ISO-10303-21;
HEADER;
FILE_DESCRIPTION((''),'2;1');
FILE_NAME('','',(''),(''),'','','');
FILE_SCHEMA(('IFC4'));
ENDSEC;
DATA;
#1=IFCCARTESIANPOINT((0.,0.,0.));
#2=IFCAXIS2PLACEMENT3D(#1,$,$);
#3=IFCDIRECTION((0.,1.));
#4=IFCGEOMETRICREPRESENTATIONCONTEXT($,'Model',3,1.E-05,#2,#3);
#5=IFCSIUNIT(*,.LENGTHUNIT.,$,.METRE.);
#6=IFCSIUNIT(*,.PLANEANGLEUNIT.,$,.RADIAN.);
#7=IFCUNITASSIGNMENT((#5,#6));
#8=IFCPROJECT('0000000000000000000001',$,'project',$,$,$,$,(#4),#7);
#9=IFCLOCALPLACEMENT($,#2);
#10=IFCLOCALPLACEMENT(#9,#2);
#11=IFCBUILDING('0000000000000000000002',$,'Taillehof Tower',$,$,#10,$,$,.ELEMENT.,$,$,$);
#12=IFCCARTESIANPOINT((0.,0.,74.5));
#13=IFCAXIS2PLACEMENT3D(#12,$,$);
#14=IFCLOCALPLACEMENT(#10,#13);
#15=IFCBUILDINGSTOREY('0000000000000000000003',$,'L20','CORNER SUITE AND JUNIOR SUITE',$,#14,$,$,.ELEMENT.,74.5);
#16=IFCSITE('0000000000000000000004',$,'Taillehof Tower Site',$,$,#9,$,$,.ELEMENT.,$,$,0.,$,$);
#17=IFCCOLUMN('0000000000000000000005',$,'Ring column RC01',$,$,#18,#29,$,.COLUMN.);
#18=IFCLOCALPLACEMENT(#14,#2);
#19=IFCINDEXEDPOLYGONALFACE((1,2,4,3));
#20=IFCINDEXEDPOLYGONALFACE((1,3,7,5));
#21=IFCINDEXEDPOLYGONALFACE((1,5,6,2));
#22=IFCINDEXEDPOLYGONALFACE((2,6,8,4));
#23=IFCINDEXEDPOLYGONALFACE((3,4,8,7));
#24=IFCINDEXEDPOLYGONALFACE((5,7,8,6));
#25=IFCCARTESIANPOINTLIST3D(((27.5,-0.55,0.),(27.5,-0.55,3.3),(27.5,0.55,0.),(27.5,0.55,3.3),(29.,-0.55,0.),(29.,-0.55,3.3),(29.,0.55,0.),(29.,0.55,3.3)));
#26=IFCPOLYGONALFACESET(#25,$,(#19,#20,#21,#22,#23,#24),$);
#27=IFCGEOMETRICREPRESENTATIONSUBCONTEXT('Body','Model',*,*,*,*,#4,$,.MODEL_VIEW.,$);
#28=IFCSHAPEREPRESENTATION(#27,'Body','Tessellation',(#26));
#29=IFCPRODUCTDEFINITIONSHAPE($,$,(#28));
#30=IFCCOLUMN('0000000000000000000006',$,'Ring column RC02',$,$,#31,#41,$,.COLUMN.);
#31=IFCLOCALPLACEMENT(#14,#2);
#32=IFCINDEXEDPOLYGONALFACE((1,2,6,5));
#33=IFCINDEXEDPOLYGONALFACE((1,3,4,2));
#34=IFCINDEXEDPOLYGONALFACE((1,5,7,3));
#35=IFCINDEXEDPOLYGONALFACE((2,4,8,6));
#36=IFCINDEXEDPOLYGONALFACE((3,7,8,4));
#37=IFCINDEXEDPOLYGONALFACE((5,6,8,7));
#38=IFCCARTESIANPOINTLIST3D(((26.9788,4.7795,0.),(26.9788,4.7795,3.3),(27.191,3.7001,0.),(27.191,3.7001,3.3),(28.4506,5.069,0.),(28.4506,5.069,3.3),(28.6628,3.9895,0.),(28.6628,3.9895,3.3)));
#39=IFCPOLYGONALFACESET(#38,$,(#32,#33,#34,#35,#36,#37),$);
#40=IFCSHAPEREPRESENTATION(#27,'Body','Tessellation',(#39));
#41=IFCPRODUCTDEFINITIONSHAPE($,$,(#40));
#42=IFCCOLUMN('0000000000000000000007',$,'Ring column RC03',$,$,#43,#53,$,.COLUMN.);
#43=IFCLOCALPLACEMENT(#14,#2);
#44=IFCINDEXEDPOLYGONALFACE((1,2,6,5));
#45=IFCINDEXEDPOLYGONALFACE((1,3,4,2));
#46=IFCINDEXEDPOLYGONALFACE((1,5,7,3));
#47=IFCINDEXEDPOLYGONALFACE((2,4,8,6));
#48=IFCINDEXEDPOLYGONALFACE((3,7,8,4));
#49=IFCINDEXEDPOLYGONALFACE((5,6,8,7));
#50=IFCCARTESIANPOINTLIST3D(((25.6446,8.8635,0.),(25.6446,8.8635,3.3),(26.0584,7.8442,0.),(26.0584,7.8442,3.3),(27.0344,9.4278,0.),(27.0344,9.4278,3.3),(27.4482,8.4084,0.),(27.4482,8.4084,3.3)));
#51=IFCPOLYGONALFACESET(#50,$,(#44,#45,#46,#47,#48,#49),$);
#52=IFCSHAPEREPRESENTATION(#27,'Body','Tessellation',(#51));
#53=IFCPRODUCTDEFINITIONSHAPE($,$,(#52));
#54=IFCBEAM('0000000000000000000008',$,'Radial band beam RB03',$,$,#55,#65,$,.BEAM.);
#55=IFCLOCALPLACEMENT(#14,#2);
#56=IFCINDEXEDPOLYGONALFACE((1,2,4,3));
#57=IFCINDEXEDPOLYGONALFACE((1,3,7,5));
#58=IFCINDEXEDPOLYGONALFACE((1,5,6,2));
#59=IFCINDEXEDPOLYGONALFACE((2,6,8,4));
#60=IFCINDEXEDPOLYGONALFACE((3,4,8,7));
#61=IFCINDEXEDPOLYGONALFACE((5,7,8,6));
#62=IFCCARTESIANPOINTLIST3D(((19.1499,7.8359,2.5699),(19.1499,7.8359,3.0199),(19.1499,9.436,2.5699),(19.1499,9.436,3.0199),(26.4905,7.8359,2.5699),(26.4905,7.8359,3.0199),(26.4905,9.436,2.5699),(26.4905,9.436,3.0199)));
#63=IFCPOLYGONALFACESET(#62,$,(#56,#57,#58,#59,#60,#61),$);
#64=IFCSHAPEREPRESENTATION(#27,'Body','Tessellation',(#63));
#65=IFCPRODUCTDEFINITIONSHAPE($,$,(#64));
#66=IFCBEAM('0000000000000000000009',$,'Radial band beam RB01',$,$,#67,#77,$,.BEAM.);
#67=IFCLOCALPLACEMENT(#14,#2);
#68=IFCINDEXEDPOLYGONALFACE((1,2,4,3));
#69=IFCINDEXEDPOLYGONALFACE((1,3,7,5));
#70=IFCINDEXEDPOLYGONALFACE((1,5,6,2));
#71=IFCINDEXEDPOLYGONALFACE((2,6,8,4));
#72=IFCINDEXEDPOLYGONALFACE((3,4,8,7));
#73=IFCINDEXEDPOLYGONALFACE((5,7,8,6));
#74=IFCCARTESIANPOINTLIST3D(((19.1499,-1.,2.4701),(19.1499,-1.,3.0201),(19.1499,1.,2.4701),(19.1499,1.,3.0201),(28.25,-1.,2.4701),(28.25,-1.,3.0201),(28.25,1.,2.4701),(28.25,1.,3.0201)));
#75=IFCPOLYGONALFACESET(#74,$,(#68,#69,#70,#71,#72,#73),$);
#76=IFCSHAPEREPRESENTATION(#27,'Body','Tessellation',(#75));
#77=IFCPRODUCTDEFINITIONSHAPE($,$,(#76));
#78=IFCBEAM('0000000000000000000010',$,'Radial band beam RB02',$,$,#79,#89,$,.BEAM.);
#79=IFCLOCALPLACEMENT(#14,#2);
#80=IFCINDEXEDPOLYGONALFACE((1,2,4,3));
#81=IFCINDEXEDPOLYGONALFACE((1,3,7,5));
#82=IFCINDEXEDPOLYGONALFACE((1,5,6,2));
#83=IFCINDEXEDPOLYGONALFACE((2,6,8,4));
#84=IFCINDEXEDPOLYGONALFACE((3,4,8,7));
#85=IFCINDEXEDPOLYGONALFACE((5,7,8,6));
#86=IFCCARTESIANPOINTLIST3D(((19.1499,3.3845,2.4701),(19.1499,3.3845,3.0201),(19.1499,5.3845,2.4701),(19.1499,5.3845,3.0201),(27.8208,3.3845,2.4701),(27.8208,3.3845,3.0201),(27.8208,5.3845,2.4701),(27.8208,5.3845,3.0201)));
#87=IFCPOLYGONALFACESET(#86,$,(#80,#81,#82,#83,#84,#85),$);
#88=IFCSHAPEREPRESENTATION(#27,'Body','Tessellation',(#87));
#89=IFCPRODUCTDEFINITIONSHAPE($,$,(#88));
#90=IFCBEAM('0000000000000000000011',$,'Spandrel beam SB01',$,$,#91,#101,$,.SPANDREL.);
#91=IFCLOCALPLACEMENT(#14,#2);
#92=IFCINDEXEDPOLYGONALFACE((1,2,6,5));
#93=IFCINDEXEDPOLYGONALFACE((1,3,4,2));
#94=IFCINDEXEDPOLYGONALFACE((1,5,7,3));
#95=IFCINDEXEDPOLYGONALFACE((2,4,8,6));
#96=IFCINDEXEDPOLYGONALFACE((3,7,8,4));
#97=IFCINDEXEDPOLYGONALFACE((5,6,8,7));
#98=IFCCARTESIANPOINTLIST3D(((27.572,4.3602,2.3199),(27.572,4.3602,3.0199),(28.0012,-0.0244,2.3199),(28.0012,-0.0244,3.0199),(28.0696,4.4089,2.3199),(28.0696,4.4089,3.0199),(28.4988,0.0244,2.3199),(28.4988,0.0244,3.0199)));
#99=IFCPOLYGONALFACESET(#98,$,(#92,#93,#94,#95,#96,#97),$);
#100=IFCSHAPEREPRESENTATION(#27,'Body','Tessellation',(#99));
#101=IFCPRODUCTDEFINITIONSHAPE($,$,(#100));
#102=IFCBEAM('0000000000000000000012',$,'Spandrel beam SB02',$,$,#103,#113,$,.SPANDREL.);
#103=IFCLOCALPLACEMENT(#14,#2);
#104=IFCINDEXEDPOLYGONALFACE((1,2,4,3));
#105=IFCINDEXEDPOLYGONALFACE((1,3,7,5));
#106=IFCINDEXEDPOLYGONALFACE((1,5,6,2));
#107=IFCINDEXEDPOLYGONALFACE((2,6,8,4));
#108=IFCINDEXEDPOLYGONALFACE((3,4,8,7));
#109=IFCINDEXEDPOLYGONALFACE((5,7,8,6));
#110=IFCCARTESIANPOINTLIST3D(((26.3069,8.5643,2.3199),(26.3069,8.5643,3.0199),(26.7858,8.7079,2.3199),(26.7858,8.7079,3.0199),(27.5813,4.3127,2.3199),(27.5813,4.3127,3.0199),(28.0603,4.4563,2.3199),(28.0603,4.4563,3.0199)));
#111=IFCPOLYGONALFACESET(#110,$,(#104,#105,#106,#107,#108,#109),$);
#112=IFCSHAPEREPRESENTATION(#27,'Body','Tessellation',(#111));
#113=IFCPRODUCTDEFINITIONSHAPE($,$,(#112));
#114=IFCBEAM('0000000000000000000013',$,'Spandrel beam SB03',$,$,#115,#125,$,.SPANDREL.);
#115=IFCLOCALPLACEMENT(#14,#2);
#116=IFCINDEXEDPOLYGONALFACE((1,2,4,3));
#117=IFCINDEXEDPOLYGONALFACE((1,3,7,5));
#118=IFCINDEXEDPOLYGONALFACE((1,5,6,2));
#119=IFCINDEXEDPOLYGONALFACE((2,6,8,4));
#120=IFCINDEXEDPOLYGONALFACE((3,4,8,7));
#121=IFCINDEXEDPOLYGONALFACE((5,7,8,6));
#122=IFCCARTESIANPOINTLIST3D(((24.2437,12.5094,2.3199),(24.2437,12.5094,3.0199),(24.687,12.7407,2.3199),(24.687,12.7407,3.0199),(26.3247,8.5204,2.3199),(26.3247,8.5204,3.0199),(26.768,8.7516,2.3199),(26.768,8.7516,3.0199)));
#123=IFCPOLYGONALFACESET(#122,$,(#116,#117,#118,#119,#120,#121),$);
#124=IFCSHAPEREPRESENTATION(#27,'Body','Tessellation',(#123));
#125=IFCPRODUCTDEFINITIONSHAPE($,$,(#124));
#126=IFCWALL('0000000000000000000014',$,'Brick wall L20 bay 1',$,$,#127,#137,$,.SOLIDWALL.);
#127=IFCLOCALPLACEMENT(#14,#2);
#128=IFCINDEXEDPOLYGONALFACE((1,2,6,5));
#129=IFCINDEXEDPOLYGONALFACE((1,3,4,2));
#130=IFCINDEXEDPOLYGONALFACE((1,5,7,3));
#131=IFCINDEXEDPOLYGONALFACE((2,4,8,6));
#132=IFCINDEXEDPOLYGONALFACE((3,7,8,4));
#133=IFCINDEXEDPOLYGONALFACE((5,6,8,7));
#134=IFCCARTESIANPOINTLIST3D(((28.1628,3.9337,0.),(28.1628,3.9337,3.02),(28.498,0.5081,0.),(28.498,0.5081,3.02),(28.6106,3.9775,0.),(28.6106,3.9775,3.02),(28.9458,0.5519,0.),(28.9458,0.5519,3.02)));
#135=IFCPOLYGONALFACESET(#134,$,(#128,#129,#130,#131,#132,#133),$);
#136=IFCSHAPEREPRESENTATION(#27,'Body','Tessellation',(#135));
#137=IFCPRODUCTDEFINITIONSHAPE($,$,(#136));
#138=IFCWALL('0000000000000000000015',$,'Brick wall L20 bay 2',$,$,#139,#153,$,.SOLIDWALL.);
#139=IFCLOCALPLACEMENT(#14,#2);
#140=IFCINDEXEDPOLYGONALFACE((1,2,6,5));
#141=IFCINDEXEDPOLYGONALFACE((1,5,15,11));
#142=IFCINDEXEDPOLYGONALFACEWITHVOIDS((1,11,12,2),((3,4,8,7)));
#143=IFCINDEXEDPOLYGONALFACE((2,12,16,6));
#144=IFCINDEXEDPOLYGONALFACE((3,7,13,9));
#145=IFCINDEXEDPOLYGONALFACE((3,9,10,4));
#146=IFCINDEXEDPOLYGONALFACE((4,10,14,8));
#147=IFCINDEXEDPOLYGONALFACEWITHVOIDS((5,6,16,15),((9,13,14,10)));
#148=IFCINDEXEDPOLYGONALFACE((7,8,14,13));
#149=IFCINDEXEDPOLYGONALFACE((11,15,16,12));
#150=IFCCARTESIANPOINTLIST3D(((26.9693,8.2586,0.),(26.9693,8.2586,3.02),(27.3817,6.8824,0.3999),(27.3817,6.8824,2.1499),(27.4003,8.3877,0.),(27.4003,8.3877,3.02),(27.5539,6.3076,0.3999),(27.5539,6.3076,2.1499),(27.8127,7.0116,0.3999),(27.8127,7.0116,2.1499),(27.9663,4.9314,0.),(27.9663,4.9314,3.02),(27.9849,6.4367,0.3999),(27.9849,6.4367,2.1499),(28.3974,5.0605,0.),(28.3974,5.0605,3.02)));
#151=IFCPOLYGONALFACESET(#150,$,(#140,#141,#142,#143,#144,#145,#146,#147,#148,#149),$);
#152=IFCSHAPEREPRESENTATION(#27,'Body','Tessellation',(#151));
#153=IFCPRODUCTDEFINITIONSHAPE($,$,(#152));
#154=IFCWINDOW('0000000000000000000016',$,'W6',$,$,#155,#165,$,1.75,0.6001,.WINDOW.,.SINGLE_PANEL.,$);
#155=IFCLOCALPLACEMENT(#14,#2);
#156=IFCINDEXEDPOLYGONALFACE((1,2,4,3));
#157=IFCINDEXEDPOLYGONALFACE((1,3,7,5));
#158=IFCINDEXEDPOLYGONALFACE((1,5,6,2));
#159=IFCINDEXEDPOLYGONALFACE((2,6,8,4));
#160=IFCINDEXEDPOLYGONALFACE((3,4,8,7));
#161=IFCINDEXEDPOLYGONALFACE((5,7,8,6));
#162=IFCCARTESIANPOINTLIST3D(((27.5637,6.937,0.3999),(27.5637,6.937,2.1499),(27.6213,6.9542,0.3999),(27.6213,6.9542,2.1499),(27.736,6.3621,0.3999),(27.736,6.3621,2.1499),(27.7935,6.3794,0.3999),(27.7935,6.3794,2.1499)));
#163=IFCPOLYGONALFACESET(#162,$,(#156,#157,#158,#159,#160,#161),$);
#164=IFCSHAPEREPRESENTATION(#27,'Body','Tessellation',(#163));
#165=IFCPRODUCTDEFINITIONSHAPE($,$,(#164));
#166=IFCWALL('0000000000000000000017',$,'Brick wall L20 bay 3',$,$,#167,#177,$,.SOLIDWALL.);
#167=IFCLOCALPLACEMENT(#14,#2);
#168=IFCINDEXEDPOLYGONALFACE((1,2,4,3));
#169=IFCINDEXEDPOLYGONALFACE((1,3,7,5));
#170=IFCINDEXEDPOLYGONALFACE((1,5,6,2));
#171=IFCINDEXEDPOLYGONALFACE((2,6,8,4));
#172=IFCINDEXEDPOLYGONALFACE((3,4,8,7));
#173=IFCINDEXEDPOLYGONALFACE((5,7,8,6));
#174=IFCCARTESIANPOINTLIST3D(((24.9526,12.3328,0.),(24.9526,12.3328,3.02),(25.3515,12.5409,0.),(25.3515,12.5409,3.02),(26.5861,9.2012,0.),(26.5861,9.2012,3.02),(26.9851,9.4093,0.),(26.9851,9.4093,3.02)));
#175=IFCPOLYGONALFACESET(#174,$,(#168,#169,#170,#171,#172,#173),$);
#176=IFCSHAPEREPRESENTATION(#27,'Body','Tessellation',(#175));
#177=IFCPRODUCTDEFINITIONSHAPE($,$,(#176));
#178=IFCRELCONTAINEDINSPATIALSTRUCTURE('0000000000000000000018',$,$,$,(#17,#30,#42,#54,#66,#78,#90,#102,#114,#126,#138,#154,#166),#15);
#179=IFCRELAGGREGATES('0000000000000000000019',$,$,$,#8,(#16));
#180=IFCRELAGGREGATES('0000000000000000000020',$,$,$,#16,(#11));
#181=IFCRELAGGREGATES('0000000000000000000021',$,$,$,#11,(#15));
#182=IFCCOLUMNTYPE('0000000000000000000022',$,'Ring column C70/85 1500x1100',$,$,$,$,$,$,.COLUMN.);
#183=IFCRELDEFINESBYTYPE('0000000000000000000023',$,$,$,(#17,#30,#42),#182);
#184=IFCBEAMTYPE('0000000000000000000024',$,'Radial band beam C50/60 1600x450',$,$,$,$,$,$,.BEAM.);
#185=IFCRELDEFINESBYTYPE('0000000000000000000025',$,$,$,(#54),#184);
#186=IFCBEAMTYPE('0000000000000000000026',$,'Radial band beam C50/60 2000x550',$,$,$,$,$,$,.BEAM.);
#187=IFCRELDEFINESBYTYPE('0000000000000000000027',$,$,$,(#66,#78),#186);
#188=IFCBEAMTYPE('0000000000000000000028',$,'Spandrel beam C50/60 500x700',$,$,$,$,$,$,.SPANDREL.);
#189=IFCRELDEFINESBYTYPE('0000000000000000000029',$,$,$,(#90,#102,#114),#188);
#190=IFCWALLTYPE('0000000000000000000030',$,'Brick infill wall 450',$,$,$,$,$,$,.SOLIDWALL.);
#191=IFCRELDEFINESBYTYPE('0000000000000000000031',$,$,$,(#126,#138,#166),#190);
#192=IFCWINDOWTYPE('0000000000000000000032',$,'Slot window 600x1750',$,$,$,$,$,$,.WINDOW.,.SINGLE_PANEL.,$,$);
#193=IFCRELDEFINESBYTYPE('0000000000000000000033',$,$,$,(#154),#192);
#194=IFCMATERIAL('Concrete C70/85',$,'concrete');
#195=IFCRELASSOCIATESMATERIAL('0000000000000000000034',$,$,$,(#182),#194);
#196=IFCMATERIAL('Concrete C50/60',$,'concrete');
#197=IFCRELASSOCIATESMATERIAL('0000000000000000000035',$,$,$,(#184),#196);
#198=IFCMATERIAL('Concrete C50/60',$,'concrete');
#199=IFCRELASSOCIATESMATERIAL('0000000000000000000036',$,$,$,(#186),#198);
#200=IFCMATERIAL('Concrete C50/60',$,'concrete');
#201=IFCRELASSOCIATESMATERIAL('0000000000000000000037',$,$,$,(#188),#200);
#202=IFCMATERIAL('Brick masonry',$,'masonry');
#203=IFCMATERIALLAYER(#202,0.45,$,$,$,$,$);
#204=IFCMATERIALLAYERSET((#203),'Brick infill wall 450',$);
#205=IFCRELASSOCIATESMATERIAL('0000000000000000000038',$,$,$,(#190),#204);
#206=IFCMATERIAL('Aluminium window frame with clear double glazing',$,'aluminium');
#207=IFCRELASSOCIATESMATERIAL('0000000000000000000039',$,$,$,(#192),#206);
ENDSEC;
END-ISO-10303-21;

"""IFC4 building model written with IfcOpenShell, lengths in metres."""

from ifc_helpers import new_model, si_unit, direction, frame, frame_2d, origin, origin_2d, place, context, subcontext, project, spatial, rectangle, extrude, material, layer, layer_set, material_profile, profile_set, type_object, element, fill, save


model = new_model("IFC4")

# Units and contexts
model_context = context("Model", 3, precision=1e-05, world=origin(), true_north=direction((0.0, 1.0)))
body_context = subcontext(model_context, "Body", "Model", "MODEL_VIEW")
ifc_project = project(units=[si_unit("LENGTHUNIT", "METRE"), si_unit("PLANEANGLEUNIT", "RADIAN")], contexts=[model_context])

# Site, building, storey
site_placement = place(None, origin())
site = spatial("IfcSite", under=ifc_project, at=site_placement, Name="Taillehof Tower Site", CompositionType="ELEMENT", RefElevation=0.0)
building_placement = place(site_placement, origin())
building = spatial("IfcBuilding", under=site, at=building_placement, Name="Taillehof Tower", CompositionType="ELEMENT")
storey_placement = place(building_placement, frame((0.0, 0.0, 74.5)))
storey = spatial("IfcBuildingStorey", under=building, at=storey_placement, Name="L20", Description="CORNER SUITE AND JUNIOR SUITE", CompositionType="ELEMENT", Elevation=74.5)

# Columns
ifc_material_1 = material(Name="Concrete C70/85", Category="concrete")
ifc_material_profile_1 = material_profile(ifc_material_1, rectangle(XDim=1.5, YDim=1.1001, at=origin_2d()), Name="RC 1500x1100")
ifc_profile_set_1 = profile_set([ifc_material_profile_1], Name="Concrete C70/85")
column_type = type_object("IfcColumnType", Name="Ring column C70/85 1500x1100", PredefinedType="COLUMN", material=ifc_profile_set_1)
for number, where, z_axis, x_axis, name in (
    (1, (28.25, 0.0, 0.0), (0.0, 0.0, 1.0), (1.0, 0.0, 0.0), "Ring column RC01"),
    (2, (27.8208, 4.3845, 0.0), (0.0, 0.0, 1.0), (0.981204, 0.192976, 0.0), "Ring column RC02"),
    (3, (26.5464, 8.636, 0.0), (0.0, 0.0, 1.0), (0.926558, 0.376152, 0.0), "Ring column RC03"),
):
    element("IfcColumn", number, at=place(storey_placement, frame(where, z_axis=z_axis, x_axis=x_axis)), inside=storey, type_object=column_type, Name=name, PredefinedType="COLUMN", context=body_context, shape_type="SweptSolid", body=[
        extrude(rectangle(XDim=1.5, YDim=1.1001, at=origin_2d()), origin(), (0.0, 0.0, 1.0), 3.3),
    ])

# Beams
ifc_material_2 = material(Name="Concrete C50/60", Category="concrete")
ifc_material_profile_2 = material_profile(ifc_material_2, rectangle(XDim=1.6001, YDim=0.45, at=origin_2d()), Name="RC 1600x450")
ifc_profile_set_2 = profile_set([ifc_material_profile_2], Name="Concrete C50/60")
beam_type_1 = type_object("IfcBeamType", Name="Radial band beam C50/60 1600x450", PredefinedType="BEAM", material=ifc_profile_set_2)
beam_1_placement = place(storey_placement, frame((26.4905, 8.636, 2.7949), z_axis=(-1.0, 0.0, 0.0), x_axis=(0.0, -1.0, 0.0)))
element("IfcBeam", 4, at=beam_1_placement, inside=storey, type_object=beam_type_1, Name="Radial band beam RB03", PredefinedType="BEAM", context=body_context, shape_type="SweptSolid", body=[
    extrude(rectangle(XDim=1.6001, YDim=0.45, at=origin_2d()), origin(), (0.0, 0.0, 1.0), 7.3406),
])
ifc_material_3 = material(Name="Concrete C50/60", Category="concrete")
ifc_material_profile_3 = material_profile(ifc_material_3, rectangle(XDim=2.0, YDim=0.55, at=origin_2d()), Name="RC 2000x550")
ifc_profile_set_3 = profile_set([ifc_material_profile_3], Name="Concrete C50/60")
beam_type_2 = type_object("IfcBeamType", Name="Radial band beam C50/60 2000x550", PredefinedType="BEAM", material=ifc_profile_set_3)
beam_2_placement = place(storey_placement, frame((28.25, 0.0, 2.7451), z_axis=(-1.0, 0.0, 0.0), x_axis=(0.0, -1.0, 0.0)))
element("IfcBeam", 5, at=beam_2_placement, inside=storey, type_object=beam_type_2, Name="Radial band beam RB01", PredefinedType="BEAM", context=body_context, shape_type="SweptSolid", body=[
    extrude(rectangle(XDim=2.0, YDim=0.55, at=origin_2d()), origin(), (0.0, 0.0, 1.0), 9.1001),
])
beam_3_placement = place(storey_placement, frame((27.8208, 4.3845, 2.7451), z_axis=(-1.0, 0.0, 0.0), x_axis=(0.0, -1.0, 0.0)))
element("IfcBeam", 6, at=beam_3_placement, inside=storey, type_object=beam_type_2, Name="Radial band beam RB02", PredefinedType="BEAM", context=body_context, shape_type="SweptSolid", body=[
    extrude(rectangle(XDim=2.0, YDim=0.55, at=origin_2d()), origin(), (0.0, 0.0, 1.0), 8.6709),
])
ifc_material_4 = material(Name="Concrete C50/60", Category="concrete")
ifc_material_profile_4 = material_profile(ifc_material_4, rectangle(XDim=0.5, YDim=0.7, at=origin_2d()), Name="RC 500x700")
ifc_profile_set_4 = profile_set([ifc_material_profile_4], Name="Concrete C50/60")
beam_type_3 = type_object("IfcBeamType", Name="Spandrel beam C50/60 500x700", PredefinedType="SPANDREL", material=ifc_profile_set_4)
beam_4_placement = place(storey_placement, frame((28.25, 0.0, 2.6699), z_axis=(-0.097424, 0.995243, 0.0), x_axis=(-0.995243, -0.097424, 0.0)))
element("IfcBeam", 7, at=beam_4_placement, inside=storey, type_object=beam_type_3, Name="Spandrel beam SB01", PredefinedType="SPANDREL", context=body_context, shape_type="SweptSolid", body=[
    extrude(rectangle(XDim=0.5, YDim=0.7, at=origin_2d()), origin(), (0.0, 0.0, 1.0), 4.4055),
])
beam_5_placement = place(storey_placement, frame((27.8208, 4.3845, 2.6699), z_axis=(-0.287136, 0.95789, 0.0), x_axis=(-0.95789, -0.287136, 0.0)))
element("IfcBeam", 8, at=beam_5_placement, inside=storey, type_object=beam_type_3, Name="Spandrel beam SB02", PredefinedType="SPANDREL", context=body_context, shape_type="SweptSolid", body=[
    extrude(rectangle(XDim=0.5, YDim=0.7, at=origin_2d()), origin(), (0.0, 0.0, 1.0), 4.4385),
])
beam_6_placement = place(storey_placement, frame((26.5464, 8.636, 2.6699), z_axis=(-0.462536, 0.8866, 0.0), x_axis=(-0.8866, -0.462536, 0.0)))
element("IfcBeam", 9, at=beam_6_placement, inside=storey, type_object=beam_type_3, Name="Spandrel beam SB03", PredefinedType="SPANDREL", context=body_context, shape_type="SweptSolid", body=[
    extrude(rectangle(XDim=0.5, YDim=0.7, at=origin_2d()), origin(), (0.0, 0.0, 1.0), 4.4993),
])

# Wall
ifc_material_5 = material(Name="Brick masonry", Category="masonry")
ifc_layer_1 = layer(ifc_material_5, 0.45)
ifc_layer_set_1 = layer_set([ifc_layer_1], Name="Brick infill wall 450")
wall_type_1 = type_object("IfcWallType", Name="Brick infill wall 450", PredefinedType="SOLIDWALL", material=ifc_layer_set_1)
wall_1_placement = place(storey_placement, frame((28.7219, 0.53, 0.0), z_axis=(0.0, 0.0, 1.0), x_axis=(-0.09739, 0.995246, 0.0)))
element("IfcWall", 10, at=wall_1_placement, inside=storey, type_object=wall_type_1, Name="Brick wall L20 bay 1", PredefinedType="SOLIDWALL", context=body_context, shape_type="SweptSolid", body=[
    extrude(rectangle(XDim=3.4419, YDim=0.45, at=frame_2d((1.7209, 0.0))), origin(), (0.0, 0.0, 1.0), 3.02),
])

# Wall, opening, window
wall_2_placement = place(storey_placement, frame((28.1819, 4.9958, 0.0), z_axis=(0.0, 0.0, 1.0), x_axis=(-0.287064, 0.957911, 0.0)))
wall_2 = element("IfcWall", 11, at=wall_2_placement, inside=storey, type_object=wall_type_1, Name="Brick wall L20 bay 2", PredefinedType="SOLIDWALL", context=body_context, shape_type="SweptSolid", body=[
    extrude(rectangle(XDim=3.4734, YDim=0.45, at=frame_2d((1.7368, 0.0))), origin(), (0.0, 0.0, 1.0), 3.02),
])
opening_1_placement = place(wall_2_placement, frame((1.4368, 0.0, 0.3999)))
opening_1 = element("IfcOpeningElement", 12, at=opening_1_placement, cuts=wall_2, PredefinedType="OPENING", context=body_context, shape_type="SweptSolid", body=[
    extrude(rectangle(XDim=0.6001, YDim=1.75, at=frame_2d((0.3, 0.875))), frame((0.0, 0.2349, 0.0), z_axis=(0.0, -1.0, 0.0), x_axis=(1.0, 0.0, 0.0)), (0.0, 0.0, 1.0), 0.47),
])
ifc_material_6 = material(Name="Aluminium window frame with clear double glazing", Category="aluminium")
window_type = type_object("IfcWindowType", Name="Slot window 600x1750", PartitioningType="SINGLE_PANEL", PredefinedType="WINDOW", material=ifc_material_6)
window_placement = place(opening_1_placement, origin())
window = element("IfcWindow", 13, at=window_placement, inside=storey, type_object=window_type, Name="W6", OverallHeight=1.75, OverallWidth=0.6001, PartitioningType="SINGLE_PANEL", PredefinedType="WINDOW", context=body_context, shape_type="SweptSolid", body=[
    extrude(rectangle(XDim=0.6001, YDim=1.75, at=frame_2d((0.3, 0.875))), frame((0.0, 0.0349, 0.0), z_axis=(0.0, -1.0, 0.0), x_axis=(1.0, 0.0, 0.0)), (0.0, 0.0, 1.0), 0.0601),
])
fill(opening_1, window)

# Wall
wall_3_placement = place(storey_placement, frame((26.7856, 9.3052, 0.0), z_axis=(0.0, 0.0, 1.0), x_axis=(-0.462493, 0.886623, 0.0)))
element("IfcWall", 14, at=wall_3_placement, inside=storey, type_object=wall_type_1, Name="Brick wall L20 bay 3", PredefinedType="SOLIDWALL", context=body_context, shape_type="SweptSolid", body=[
    extrude(rectangle(XDim=3.532, YDim=0.45, at=frame_2d((1.7661, 0.0))), origin(), (0.0, 0.0, 1.0), 3.02),
])

save(model, "model.ifc")
